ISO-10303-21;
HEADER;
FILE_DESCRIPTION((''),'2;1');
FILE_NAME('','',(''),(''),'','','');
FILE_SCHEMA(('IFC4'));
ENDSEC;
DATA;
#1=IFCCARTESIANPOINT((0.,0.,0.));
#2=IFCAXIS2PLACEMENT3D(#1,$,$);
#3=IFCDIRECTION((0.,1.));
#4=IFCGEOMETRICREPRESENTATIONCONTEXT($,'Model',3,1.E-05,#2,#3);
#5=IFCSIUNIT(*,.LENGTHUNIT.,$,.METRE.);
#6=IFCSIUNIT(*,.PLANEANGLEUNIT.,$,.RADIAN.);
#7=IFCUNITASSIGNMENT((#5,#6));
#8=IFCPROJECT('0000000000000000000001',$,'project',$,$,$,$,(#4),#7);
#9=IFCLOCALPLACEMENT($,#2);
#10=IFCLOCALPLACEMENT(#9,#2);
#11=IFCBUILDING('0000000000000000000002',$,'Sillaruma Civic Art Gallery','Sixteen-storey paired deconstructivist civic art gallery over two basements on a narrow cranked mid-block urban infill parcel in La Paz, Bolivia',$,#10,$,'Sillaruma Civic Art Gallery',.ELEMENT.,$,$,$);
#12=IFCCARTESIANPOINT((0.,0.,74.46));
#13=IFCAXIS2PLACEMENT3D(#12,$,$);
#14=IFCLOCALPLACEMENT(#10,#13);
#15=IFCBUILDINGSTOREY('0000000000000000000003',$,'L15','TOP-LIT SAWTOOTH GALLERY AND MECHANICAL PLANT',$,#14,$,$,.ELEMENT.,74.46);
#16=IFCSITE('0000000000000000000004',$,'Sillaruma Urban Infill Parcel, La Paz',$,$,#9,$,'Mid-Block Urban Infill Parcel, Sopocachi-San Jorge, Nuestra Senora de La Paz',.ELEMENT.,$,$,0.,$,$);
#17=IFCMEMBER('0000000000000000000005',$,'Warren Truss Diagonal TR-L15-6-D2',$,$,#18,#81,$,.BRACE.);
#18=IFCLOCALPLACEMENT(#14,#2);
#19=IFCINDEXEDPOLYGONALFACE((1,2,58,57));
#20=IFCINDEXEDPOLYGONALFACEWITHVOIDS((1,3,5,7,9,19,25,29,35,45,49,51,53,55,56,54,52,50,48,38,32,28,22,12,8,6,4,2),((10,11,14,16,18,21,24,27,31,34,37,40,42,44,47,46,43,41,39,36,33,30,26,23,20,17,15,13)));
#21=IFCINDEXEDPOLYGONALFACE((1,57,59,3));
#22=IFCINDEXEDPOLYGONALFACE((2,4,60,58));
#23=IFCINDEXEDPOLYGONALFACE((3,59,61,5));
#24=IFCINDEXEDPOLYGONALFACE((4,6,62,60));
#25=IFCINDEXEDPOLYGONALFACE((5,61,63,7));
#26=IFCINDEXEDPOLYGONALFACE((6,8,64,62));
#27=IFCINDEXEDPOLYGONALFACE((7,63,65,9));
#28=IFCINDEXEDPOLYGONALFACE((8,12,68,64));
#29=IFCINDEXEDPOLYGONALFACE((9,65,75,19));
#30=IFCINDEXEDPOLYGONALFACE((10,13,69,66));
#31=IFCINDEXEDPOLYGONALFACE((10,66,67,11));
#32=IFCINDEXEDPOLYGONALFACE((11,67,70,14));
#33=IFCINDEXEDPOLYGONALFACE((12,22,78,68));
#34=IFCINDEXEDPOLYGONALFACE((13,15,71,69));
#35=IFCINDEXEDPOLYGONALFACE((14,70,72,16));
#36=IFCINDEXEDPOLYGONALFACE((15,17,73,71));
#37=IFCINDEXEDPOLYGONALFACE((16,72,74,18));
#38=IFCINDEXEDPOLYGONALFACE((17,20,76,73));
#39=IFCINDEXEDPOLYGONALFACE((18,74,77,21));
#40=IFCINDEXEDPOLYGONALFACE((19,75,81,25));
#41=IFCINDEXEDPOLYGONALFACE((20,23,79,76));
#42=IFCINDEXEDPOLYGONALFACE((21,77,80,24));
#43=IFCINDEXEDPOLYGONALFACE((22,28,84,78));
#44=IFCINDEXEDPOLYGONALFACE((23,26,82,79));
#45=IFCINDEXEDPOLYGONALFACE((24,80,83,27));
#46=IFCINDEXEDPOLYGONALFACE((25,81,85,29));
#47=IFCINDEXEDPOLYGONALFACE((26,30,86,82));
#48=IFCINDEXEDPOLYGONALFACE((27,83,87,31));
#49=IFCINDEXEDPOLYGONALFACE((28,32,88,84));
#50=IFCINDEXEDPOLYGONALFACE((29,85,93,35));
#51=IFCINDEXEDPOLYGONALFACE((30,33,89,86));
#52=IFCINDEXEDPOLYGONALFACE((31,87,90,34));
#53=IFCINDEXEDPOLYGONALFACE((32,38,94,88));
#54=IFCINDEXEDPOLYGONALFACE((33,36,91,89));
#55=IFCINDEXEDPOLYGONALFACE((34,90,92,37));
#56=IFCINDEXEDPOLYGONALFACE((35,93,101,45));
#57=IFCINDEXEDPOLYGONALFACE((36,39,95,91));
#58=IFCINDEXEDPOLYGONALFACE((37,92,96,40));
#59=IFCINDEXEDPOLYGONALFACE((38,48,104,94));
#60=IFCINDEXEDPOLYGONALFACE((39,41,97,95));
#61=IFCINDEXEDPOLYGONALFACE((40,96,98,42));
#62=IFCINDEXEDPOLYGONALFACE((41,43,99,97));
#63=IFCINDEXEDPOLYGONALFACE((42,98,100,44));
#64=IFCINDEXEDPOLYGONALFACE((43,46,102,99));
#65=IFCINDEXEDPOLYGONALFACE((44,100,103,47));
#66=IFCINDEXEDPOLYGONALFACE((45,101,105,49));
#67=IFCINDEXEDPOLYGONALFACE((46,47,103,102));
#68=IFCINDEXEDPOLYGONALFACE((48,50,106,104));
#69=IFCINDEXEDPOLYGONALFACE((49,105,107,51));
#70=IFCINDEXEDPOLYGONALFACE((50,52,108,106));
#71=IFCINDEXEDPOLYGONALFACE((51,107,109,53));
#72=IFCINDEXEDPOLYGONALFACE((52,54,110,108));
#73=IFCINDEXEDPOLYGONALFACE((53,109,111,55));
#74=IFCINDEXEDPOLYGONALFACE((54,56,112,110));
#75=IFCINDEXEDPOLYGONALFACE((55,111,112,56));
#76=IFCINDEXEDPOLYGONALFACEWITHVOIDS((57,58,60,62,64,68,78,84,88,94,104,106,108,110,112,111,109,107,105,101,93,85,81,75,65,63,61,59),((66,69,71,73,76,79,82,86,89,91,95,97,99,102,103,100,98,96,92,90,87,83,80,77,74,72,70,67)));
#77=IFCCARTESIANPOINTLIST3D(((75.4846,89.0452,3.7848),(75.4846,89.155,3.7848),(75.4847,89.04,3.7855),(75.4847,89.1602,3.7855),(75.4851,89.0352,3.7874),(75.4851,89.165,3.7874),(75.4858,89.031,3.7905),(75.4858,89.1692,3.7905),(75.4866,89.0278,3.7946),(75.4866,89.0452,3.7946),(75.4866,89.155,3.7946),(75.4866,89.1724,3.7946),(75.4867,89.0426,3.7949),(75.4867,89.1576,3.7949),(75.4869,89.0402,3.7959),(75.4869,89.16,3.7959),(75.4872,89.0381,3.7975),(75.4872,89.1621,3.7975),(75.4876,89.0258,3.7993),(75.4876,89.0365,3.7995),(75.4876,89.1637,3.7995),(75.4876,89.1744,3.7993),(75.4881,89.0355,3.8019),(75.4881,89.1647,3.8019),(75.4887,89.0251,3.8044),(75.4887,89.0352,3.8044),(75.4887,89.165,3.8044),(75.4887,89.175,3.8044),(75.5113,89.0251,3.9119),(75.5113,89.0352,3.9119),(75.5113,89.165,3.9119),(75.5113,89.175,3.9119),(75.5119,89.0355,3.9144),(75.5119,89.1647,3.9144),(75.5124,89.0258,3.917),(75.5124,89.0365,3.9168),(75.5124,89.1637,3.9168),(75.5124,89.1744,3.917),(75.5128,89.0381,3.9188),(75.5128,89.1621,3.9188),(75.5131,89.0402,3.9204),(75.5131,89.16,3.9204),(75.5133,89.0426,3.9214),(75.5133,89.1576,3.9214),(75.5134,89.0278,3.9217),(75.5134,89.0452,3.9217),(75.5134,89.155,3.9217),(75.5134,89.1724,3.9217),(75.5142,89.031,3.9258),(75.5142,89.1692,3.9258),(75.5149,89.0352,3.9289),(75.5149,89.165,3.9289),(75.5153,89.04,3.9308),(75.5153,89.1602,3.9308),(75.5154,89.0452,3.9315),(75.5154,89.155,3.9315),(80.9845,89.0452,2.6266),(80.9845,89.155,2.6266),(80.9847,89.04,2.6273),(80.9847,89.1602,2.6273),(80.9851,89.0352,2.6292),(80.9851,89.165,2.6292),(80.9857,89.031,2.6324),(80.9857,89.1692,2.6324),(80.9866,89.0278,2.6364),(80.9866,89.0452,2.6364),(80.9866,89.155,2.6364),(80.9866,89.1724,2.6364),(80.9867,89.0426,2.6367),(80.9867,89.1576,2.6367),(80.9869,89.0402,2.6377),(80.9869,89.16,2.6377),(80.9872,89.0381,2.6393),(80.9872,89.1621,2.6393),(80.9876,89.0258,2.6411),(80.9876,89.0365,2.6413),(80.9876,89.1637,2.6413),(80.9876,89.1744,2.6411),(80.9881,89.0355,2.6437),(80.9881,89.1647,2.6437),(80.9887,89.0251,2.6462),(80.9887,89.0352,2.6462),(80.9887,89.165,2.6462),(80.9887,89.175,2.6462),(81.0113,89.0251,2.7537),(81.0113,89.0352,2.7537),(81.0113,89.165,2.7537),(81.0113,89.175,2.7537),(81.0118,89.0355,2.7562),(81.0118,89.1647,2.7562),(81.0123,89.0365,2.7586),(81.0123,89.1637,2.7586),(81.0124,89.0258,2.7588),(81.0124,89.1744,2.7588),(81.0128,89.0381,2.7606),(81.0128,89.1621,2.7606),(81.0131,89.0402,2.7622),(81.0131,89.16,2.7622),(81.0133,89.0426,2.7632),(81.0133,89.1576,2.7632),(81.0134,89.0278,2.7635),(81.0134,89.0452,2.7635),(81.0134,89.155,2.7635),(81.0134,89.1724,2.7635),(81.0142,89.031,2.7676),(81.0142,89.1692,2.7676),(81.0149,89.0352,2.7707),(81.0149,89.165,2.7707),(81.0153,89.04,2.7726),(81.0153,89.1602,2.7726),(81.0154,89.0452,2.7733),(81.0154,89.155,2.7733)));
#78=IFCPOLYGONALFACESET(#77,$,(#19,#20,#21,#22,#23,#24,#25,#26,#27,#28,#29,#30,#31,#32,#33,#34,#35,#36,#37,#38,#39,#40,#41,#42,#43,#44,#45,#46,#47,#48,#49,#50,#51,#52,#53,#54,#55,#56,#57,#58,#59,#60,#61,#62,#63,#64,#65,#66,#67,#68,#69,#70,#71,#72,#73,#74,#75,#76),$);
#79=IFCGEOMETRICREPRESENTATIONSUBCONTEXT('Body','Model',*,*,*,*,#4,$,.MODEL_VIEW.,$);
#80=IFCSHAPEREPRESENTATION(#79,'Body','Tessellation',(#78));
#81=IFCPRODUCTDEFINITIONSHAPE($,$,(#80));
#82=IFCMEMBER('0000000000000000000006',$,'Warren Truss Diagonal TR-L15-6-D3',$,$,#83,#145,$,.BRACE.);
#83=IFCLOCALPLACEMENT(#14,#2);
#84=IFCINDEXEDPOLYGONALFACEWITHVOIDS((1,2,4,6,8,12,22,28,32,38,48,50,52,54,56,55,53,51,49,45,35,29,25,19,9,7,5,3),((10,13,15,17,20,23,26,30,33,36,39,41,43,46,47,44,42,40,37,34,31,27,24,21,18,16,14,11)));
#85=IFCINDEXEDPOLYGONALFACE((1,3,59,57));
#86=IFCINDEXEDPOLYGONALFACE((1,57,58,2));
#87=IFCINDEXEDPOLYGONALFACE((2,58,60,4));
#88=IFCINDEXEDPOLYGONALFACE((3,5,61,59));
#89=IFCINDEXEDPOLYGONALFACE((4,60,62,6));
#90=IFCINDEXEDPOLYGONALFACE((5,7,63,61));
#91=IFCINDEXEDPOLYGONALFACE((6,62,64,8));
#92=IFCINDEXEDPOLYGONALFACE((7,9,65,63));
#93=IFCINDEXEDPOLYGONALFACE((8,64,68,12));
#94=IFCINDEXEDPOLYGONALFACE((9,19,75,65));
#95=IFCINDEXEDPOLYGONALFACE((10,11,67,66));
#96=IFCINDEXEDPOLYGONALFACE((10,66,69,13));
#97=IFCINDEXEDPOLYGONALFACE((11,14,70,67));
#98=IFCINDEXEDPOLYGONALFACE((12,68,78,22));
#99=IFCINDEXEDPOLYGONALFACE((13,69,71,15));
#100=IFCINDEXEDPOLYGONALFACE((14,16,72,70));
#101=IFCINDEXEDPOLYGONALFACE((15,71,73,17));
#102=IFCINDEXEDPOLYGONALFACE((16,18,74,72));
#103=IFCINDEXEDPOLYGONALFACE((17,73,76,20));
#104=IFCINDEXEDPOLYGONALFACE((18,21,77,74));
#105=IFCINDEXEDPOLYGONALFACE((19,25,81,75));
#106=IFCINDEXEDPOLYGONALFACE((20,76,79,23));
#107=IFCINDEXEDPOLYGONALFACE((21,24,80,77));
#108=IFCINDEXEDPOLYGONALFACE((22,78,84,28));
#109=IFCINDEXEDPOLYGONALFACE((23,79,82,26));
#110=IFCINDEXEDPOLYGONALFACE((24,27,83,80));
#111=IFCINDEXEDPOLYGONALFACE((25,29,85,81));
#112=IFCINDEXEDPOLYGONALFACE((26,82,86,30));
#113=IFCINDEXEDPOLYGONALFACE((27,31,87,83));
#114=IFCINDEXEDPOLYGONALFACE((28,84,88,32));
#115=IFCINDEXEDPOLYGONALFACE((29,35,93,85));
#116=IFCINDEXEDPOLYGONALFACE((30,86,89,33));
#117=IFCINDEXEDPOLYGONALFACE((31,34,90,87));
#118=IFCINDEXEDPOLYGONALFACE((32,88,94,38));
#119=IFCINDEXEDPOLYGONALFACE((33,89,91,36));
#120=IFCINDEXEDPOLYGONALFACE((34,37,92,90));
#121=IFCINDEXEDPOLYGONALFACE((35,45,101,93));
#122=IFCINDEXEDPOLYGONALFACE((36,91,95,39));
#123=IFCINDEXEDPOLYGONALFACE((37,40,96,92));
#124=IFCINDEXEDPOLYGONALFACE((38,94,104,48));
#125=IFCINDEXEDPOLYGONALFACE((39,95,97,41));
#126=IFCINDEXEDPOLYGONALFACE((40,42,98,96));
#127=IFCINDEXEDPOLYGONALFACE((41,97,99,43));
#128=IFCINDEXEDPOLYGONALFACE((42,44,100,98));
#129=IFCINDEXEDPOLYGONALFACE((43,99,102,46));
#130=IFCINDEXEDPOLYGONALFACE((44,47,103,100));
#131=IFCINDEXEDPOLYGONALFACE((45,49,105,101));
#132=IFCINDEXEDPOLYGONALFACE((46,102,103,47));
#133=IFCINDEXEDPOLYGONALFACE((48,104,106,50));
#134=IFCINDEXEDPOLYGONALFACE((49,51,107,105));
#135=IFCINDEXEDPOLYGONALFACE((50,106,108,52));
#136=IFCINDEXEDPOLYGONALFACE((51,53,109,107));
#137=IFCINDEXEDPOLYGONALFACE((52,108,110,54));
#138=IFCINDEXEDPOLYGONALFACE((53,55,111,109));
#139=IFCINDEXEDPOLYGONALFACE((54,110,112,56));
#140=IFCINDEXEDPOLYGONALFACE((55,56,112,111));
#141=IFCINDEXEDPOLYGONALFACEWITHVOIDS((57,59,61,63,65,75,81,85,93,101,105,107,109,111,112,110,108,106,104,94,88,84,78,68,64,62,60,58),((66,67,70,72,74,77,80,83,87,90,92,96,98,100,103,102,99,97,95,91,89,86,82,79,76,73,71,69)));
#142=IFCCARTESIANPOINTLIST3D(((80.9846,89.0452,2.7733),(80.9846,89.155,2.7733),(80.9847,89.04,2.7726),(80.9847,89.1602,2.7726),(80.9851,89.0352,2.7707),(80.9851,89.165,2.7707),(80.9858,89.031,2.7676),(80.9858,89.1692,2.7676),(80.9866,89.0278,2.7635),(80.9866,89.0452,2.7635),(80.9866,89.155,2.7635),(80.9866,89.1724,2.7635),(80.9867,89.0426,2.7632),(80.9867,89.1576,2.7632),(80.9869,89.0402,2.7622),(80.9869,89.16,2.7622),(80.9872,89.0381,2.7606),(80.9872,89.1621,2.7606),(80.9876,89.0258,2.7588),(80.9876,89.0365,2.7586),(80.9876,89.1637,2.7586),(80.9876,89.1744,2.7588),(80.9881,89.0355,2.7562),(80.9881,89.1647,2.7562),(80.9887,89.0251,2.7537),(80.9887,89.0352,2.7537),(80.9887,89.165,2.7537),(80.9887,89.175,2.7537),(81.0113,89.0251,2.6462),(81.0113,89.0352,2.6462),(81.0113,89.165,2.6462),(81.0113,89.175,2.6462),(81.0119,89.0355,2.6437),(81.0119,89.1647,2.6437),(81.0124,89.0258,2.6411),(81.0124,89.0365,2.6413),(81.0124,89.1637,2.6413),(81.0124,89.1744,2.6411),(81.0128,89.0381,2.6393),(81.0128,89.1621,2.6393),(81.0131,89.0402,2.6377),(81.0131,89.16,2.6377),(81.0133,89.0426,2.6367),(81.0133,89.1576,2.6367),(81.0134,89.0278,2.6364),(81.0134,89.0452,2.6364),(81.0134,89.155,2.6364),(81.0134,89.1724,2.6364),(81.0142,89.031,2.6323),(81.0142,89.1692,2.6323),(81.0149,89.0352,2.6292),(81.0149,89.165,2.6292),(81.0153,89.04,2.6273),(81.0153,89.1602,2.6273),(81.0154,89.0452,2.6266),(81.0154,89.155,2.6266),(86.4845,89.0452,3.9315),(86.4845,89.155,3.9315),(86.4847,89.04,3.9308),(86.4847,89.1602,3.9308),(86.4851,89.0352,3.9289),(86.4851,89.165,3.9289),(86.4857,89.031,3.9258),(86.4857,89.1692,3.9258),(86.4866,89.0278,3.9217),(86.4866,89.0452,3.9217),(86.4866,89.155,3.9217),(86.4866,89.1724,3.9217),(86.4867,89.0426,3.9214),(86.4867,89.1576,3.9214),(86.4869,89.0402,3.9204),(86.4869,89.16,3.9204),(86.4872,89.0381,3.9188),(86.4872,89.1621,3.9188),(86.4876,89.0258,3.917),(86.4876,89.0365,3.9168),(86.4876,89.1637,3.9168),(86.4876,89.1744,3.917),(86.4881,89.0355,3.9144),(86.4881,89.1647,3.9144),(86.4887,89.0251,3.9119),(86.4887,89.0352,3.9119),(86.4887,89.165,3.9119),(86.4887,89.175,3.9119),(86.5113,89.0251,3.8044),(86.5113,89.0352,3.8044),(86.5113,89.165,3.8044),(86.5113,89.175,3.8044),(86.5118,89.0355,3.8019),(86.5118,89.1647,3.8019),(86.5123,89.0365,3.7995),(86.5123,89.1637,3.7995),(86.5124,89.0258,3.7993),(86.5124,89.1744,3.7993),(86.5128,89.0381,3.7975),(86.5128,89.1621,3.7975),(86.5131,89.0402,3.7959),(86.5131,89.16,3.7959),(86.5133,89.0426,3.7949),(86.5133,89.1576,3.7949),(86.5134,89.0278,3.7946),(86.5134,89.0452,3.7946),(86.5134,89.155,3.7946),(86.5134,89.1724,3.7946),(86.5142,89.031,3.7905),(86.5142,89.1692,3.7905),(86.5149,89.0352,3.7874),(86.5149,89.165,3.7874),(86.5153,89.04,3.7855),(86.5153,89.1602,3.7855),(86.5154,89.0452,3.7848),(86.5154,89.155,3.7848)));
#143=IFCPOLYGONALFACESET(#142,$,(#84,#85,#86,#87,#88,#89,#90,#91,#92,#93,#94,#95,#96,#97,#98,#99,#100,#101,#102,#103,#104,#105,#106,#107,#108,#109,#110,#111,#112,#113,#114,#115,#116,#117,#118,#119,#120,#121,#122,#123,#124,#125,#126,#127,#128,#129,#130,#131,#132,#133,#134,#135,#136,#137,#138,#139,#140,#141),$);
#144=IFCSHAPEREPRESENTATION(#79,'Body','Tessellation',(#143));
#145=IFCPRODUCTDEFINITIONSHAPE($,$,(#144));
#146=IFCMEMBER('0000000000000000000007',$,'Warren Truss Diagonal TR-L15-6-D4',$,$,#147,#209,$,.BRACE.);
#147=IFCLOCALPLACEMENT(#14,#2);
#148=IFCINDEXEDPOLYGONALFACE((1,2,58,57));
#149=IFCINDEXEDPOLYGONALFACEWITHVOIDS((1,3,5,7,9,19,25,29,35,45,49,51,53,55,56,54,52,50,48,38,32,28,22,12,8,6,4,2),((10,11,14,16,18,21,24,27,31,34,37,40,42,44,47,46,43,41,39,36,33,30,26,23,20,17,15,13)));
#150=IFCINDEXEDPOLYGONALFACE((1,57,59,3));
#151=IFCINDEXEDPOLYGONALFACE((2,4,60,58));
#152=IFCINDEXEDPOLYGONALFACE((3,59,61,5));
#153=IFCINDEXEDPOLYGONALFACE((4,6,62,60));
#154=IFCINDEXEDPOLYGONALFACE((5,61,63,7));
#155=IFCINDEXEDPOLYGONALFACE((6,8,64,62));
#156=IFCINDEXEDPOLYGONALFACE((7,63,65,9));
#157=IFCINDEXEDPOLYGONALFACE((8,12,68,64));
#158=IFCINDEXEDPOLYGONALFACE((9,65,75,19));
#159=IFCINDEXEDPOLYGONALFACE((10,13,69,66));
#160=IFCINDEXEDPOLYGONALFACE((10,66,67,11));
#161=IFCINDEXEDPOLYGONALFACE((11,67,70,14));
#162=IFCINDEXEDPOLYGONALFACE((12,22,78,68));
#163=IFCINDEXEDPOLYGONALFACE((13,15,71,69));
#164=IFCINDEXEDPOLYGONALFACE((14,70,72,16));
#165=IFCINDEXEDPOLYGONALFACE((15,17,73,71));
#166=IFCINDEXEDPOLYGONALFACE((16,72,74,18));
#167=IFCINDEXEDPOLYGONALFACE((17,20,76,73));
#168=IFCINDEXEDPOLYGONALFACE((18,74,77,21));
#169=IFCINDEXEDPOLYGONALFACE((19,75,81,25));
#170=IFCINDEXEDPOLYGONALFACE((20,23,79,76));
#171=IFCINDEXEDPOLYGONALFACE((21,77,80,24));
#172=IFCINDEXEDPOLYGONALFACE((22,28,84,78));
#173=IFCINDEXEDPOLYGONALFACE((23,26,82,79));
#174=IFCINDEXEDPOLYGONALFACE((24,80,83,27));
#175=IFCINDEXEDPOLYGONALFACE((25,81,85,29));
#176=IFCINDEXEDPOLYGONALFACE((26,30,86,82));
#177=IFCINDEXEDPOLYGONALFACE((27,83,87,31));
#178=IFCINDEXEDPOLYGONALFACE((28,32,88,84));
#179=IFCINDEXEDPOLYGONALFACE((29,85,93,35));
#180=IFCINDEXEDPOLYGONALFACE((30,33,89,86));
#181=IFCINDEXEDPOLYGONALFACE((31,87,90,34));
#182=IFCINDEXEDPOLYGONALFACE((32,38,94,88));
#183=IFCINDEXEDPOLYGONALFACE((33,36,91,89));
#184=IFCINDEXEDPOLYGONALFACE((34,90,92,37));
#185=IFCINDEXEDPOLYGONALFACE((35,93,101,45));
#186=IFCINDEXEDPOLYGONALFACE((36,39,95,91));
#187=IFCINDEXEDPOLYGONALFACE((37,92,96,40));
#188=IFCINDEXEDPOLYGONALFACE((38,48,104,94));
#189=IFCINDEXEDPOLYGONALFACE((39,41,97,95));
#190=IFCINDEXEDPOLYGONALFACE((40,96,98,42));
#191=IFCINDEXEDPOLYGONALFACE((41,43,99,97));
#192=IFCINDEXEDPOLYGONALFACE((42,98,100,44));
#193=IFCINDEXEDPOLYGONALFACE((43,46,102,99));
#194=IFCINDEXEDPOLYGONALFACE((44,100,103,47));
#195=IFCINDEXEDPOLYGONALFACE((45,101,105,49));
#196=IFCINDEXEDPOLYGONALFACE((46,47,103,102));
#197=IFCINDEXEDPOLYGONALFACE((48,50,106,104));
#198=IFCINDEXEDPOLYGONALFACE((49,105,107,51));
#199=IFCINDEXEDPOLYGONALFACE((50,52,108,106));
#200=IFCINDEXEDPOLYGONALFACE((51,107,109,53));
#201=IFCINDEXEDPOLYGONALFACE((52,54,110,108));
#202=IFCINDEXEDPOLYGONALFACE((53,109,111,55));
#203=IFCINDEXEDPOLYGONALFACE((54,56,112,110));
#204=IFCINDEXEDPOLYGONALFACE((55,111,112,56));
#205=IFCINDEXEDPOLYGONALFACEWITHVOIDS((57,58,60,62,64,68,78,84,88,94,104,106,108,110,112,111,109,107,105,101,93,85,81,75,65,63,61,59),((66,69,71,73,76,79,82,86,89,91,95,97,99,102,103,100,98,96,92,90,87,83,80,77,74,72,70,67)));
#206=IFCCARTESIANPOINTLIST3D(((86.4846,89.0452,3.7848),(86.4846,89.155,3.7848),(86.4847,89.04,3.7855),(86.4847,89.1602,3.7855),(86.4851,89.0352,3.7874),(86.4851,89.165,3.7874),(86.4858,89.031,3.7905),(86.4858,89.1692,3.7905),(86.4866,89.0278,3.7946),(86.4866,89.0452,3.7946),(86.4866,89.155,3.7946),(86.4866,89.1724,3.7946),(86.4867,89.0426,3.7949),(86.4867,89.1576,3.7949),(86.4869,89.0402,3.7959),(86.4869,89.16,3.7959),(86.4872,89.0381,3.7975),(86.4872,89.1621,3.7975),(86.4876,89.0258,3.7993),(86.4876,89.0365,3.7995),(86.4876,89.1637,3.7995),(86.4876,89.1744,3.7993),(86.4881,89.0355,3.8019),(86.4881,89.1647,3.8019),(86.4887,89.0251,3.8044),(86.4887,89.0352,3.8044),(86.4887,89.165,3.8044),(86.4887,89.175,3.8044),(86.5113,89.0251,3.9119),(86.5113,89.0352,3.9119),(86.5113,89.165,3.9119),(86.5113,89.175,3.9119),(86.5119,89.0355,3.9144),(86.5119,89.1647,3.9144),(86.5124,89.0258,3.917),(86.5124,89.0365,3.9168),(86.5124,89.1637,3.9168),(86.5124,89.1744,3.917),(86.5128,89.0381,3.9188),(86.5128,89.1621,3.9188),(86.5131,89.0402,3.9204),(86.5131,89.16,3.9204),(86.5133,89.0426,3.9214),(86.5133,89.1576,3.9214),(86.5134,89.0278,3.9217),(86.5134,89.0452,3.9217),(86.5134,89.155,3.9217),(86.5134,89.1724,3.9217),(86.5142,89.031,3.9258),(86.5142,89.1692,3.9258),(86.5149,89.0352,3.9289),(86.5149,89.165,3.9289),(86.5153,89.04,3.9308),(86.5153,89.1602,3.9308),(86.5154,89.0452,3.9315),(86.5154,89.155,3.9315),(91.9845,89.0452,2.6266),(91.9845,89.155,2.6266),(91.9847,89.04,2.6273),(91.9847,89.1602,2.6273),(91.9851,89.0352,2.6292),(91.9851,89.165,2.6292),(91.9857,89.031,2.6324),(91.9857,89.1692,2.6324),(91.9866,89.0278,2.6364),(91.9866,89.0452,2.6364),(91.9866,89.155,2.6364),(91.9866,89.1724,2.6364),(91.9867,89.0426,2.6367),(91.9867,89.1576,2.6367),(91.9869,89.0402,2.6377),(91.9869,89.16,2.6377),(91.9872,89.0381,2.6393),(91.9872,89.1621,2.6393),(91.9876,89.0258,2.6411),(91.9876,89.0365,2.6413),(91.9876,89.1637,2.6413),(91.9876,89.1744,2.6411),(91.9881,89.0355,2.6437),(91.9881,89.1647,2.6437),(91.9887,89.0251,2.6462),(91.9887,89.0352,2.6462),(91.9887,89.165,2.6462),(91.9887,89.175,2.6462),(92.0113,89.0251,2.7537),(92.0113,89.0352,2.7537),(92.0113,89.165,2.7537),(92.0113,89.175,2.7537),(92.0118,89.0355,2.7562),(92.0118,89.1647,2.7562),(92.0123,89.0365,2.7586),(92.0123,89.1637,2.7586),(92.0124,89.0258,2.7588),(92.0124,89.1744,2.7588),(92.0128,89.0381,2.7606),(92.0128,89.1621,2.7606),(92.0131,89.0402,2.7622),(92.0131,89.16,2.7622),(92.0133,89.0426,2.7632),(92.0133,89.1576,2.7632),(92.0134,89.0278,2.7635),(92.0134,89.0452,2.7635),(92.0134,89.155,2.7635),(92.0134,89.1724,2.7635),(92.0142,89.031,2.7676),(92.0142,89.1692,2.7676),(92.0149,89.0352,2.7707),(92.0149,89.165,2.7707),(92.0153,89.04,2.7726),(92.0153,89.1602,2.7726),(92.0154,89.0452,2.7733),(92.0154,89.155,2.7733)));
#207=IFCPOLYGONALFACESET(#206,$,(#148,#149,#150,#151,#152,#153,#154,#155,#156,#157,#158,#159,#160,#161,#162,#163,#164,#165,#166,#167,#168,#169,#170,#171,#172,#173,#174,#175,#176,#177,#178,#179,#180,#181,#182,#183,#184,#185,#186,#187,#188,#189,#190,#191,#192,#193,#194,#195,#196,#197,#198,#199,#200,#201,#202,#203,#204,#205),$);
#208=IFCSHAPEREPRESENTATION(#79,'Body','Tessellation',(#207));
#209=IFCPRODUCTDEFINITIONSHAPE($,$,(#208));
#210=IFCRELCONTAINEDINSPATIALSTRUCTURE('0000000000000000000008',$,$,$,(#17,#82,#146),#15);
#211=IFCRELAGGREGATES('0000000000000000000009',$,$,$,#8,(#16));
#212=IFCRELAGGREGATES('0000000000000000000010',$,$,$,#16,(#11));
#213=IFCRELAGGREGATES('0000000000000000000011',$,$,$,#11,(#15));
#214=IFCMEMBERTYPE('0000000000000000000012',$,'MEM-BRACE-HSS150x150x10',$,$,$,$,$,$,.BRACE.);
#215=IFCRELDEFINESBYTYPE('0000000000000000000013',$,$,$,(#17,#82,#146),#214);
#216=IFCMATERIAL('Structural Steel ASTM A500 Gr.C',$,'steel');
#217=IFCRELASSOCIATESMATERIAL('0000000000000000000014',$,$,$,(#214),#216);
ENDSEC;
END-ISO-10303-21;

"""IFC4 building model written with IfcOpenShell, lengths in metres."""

from ifc_helpers import new_model, si_unit, direction, frame, origin, origin_2d, place, context, subcontext, project, spatial, hollow_rectangle, extrude, material, material_profile, profile_set, type_object, element, save


model = new_model("IFC4")

# Units and contexts
model_context = context("Model", 3, precision=1e-05, world=origin(), true_north=direction((0.0, 1.0)))
body_context = subcontext(model_context, "Body", "Model", "MODEL_VIEW")
ifc_project = project(units=[si_unit("LENGTHUNIT", "METRE"), si_unit("PLANEANGLEUNIT", "RADIAN")], contexts=[model_context])

# Site, building, storey
site_placement = place(None, origin())
site = spatial("IfcSite", under=ifc_project, at=site_placement, Name="Sillaruma Urban Infill Parcel, La Paz", LongName="Mid-Block Urban Infill Parcel, Sopocachi-San Jorge, Nuestra Senora de La Paz", CompositionType="ELEMENT", RefElevation=0.0)
building_placement = place(site_placement, origin())
building = spatial("IfcBuilding", under=site, at=building_placement, Name="Sillaruma Civic Art Gallery", Description="Sixteen-storey paired deconstructivist civic art gallery over two basements on a narrow cranked mid-block urban infill parcel in La Paz, Bolivia", LongName="Sillaruma Civic Art Gallery", CompositionType="ELEMENT")
storey_placement = place(building_placement, frame((0.0, 0.0, 74.46)))
storey = spatial("IfcBuildingStorey", under=building, at=storey_placement, Name="L15", Description="TOP-LIT SAWTOOTH GALLERY AND MECHANICAL PLANT", CompositionType="ELEMENT", Elevation=74.46)

# Members
ifc_material_1 = material(Name="Structural Steel ASTM A500 Gr.C", Category="steel")
ifc_material_profile_1 = material_profile(ifc_material_1, hollow_rectangle(XDim=0.1499, YDim=0.1499, WallThickness=0.01, InnerFilletRadius=0.01, OuterFilletRadius=0.02, at=origin_2d()), Name="HSS150x150x10")
ifc_profile_set_1 = profile_set([ifc_material_profile_1], Name="Structural Steel ASTM A500 Gr.C")
member_type_1 = type_object("IfcMemberType", Name="MEM-BRACE-HSS150x150x10", PredefinedType="BRACE", material=ifc_profile_set_1)
for number, where, z_axis, x_axis, name in (
    (1, (75.5, 89.1001, 3.8582), (0.978539, 0.0, -0.206063), (0.0, 1.0, 0.0), "Warren Truss Diagonal TR-L15-6-D2"),
    (2, (81.0, 89.1001, 2.7), (0.978539, 0.0, 0.206063), (0.0, 1.0, 0.0), "Warren Truss Diagonal TR-L15-6-D3"),
    (3, (86.5, 89.1001, 3.8582), (0.978539, 0.0, -0.206063), (0.0, 1.0, 0.0), "Warren Truss Diagonal TR-L15-6-D4"),
):
    element("IfcMember", number, at=place(storey_placement, frame(where, z_axis=z_axis, x_axis=x_axis)), inside=storey, type_object=member_type_1, Name=name, PredefinedType="BRACE", context=body_context, shape_type="SweptSolid", body=[
        extrude(hollow_rectangle(XDim=0.1499, YDim=0.1499, WallThickness=0.01, InnerFilletRadius=0.01, OuterFilletRadius=0.02, at=origin_2d()), origin(), (0.0, 0.0, 1.0), 5.6206),
    ])

save(model, "model.ifc")
